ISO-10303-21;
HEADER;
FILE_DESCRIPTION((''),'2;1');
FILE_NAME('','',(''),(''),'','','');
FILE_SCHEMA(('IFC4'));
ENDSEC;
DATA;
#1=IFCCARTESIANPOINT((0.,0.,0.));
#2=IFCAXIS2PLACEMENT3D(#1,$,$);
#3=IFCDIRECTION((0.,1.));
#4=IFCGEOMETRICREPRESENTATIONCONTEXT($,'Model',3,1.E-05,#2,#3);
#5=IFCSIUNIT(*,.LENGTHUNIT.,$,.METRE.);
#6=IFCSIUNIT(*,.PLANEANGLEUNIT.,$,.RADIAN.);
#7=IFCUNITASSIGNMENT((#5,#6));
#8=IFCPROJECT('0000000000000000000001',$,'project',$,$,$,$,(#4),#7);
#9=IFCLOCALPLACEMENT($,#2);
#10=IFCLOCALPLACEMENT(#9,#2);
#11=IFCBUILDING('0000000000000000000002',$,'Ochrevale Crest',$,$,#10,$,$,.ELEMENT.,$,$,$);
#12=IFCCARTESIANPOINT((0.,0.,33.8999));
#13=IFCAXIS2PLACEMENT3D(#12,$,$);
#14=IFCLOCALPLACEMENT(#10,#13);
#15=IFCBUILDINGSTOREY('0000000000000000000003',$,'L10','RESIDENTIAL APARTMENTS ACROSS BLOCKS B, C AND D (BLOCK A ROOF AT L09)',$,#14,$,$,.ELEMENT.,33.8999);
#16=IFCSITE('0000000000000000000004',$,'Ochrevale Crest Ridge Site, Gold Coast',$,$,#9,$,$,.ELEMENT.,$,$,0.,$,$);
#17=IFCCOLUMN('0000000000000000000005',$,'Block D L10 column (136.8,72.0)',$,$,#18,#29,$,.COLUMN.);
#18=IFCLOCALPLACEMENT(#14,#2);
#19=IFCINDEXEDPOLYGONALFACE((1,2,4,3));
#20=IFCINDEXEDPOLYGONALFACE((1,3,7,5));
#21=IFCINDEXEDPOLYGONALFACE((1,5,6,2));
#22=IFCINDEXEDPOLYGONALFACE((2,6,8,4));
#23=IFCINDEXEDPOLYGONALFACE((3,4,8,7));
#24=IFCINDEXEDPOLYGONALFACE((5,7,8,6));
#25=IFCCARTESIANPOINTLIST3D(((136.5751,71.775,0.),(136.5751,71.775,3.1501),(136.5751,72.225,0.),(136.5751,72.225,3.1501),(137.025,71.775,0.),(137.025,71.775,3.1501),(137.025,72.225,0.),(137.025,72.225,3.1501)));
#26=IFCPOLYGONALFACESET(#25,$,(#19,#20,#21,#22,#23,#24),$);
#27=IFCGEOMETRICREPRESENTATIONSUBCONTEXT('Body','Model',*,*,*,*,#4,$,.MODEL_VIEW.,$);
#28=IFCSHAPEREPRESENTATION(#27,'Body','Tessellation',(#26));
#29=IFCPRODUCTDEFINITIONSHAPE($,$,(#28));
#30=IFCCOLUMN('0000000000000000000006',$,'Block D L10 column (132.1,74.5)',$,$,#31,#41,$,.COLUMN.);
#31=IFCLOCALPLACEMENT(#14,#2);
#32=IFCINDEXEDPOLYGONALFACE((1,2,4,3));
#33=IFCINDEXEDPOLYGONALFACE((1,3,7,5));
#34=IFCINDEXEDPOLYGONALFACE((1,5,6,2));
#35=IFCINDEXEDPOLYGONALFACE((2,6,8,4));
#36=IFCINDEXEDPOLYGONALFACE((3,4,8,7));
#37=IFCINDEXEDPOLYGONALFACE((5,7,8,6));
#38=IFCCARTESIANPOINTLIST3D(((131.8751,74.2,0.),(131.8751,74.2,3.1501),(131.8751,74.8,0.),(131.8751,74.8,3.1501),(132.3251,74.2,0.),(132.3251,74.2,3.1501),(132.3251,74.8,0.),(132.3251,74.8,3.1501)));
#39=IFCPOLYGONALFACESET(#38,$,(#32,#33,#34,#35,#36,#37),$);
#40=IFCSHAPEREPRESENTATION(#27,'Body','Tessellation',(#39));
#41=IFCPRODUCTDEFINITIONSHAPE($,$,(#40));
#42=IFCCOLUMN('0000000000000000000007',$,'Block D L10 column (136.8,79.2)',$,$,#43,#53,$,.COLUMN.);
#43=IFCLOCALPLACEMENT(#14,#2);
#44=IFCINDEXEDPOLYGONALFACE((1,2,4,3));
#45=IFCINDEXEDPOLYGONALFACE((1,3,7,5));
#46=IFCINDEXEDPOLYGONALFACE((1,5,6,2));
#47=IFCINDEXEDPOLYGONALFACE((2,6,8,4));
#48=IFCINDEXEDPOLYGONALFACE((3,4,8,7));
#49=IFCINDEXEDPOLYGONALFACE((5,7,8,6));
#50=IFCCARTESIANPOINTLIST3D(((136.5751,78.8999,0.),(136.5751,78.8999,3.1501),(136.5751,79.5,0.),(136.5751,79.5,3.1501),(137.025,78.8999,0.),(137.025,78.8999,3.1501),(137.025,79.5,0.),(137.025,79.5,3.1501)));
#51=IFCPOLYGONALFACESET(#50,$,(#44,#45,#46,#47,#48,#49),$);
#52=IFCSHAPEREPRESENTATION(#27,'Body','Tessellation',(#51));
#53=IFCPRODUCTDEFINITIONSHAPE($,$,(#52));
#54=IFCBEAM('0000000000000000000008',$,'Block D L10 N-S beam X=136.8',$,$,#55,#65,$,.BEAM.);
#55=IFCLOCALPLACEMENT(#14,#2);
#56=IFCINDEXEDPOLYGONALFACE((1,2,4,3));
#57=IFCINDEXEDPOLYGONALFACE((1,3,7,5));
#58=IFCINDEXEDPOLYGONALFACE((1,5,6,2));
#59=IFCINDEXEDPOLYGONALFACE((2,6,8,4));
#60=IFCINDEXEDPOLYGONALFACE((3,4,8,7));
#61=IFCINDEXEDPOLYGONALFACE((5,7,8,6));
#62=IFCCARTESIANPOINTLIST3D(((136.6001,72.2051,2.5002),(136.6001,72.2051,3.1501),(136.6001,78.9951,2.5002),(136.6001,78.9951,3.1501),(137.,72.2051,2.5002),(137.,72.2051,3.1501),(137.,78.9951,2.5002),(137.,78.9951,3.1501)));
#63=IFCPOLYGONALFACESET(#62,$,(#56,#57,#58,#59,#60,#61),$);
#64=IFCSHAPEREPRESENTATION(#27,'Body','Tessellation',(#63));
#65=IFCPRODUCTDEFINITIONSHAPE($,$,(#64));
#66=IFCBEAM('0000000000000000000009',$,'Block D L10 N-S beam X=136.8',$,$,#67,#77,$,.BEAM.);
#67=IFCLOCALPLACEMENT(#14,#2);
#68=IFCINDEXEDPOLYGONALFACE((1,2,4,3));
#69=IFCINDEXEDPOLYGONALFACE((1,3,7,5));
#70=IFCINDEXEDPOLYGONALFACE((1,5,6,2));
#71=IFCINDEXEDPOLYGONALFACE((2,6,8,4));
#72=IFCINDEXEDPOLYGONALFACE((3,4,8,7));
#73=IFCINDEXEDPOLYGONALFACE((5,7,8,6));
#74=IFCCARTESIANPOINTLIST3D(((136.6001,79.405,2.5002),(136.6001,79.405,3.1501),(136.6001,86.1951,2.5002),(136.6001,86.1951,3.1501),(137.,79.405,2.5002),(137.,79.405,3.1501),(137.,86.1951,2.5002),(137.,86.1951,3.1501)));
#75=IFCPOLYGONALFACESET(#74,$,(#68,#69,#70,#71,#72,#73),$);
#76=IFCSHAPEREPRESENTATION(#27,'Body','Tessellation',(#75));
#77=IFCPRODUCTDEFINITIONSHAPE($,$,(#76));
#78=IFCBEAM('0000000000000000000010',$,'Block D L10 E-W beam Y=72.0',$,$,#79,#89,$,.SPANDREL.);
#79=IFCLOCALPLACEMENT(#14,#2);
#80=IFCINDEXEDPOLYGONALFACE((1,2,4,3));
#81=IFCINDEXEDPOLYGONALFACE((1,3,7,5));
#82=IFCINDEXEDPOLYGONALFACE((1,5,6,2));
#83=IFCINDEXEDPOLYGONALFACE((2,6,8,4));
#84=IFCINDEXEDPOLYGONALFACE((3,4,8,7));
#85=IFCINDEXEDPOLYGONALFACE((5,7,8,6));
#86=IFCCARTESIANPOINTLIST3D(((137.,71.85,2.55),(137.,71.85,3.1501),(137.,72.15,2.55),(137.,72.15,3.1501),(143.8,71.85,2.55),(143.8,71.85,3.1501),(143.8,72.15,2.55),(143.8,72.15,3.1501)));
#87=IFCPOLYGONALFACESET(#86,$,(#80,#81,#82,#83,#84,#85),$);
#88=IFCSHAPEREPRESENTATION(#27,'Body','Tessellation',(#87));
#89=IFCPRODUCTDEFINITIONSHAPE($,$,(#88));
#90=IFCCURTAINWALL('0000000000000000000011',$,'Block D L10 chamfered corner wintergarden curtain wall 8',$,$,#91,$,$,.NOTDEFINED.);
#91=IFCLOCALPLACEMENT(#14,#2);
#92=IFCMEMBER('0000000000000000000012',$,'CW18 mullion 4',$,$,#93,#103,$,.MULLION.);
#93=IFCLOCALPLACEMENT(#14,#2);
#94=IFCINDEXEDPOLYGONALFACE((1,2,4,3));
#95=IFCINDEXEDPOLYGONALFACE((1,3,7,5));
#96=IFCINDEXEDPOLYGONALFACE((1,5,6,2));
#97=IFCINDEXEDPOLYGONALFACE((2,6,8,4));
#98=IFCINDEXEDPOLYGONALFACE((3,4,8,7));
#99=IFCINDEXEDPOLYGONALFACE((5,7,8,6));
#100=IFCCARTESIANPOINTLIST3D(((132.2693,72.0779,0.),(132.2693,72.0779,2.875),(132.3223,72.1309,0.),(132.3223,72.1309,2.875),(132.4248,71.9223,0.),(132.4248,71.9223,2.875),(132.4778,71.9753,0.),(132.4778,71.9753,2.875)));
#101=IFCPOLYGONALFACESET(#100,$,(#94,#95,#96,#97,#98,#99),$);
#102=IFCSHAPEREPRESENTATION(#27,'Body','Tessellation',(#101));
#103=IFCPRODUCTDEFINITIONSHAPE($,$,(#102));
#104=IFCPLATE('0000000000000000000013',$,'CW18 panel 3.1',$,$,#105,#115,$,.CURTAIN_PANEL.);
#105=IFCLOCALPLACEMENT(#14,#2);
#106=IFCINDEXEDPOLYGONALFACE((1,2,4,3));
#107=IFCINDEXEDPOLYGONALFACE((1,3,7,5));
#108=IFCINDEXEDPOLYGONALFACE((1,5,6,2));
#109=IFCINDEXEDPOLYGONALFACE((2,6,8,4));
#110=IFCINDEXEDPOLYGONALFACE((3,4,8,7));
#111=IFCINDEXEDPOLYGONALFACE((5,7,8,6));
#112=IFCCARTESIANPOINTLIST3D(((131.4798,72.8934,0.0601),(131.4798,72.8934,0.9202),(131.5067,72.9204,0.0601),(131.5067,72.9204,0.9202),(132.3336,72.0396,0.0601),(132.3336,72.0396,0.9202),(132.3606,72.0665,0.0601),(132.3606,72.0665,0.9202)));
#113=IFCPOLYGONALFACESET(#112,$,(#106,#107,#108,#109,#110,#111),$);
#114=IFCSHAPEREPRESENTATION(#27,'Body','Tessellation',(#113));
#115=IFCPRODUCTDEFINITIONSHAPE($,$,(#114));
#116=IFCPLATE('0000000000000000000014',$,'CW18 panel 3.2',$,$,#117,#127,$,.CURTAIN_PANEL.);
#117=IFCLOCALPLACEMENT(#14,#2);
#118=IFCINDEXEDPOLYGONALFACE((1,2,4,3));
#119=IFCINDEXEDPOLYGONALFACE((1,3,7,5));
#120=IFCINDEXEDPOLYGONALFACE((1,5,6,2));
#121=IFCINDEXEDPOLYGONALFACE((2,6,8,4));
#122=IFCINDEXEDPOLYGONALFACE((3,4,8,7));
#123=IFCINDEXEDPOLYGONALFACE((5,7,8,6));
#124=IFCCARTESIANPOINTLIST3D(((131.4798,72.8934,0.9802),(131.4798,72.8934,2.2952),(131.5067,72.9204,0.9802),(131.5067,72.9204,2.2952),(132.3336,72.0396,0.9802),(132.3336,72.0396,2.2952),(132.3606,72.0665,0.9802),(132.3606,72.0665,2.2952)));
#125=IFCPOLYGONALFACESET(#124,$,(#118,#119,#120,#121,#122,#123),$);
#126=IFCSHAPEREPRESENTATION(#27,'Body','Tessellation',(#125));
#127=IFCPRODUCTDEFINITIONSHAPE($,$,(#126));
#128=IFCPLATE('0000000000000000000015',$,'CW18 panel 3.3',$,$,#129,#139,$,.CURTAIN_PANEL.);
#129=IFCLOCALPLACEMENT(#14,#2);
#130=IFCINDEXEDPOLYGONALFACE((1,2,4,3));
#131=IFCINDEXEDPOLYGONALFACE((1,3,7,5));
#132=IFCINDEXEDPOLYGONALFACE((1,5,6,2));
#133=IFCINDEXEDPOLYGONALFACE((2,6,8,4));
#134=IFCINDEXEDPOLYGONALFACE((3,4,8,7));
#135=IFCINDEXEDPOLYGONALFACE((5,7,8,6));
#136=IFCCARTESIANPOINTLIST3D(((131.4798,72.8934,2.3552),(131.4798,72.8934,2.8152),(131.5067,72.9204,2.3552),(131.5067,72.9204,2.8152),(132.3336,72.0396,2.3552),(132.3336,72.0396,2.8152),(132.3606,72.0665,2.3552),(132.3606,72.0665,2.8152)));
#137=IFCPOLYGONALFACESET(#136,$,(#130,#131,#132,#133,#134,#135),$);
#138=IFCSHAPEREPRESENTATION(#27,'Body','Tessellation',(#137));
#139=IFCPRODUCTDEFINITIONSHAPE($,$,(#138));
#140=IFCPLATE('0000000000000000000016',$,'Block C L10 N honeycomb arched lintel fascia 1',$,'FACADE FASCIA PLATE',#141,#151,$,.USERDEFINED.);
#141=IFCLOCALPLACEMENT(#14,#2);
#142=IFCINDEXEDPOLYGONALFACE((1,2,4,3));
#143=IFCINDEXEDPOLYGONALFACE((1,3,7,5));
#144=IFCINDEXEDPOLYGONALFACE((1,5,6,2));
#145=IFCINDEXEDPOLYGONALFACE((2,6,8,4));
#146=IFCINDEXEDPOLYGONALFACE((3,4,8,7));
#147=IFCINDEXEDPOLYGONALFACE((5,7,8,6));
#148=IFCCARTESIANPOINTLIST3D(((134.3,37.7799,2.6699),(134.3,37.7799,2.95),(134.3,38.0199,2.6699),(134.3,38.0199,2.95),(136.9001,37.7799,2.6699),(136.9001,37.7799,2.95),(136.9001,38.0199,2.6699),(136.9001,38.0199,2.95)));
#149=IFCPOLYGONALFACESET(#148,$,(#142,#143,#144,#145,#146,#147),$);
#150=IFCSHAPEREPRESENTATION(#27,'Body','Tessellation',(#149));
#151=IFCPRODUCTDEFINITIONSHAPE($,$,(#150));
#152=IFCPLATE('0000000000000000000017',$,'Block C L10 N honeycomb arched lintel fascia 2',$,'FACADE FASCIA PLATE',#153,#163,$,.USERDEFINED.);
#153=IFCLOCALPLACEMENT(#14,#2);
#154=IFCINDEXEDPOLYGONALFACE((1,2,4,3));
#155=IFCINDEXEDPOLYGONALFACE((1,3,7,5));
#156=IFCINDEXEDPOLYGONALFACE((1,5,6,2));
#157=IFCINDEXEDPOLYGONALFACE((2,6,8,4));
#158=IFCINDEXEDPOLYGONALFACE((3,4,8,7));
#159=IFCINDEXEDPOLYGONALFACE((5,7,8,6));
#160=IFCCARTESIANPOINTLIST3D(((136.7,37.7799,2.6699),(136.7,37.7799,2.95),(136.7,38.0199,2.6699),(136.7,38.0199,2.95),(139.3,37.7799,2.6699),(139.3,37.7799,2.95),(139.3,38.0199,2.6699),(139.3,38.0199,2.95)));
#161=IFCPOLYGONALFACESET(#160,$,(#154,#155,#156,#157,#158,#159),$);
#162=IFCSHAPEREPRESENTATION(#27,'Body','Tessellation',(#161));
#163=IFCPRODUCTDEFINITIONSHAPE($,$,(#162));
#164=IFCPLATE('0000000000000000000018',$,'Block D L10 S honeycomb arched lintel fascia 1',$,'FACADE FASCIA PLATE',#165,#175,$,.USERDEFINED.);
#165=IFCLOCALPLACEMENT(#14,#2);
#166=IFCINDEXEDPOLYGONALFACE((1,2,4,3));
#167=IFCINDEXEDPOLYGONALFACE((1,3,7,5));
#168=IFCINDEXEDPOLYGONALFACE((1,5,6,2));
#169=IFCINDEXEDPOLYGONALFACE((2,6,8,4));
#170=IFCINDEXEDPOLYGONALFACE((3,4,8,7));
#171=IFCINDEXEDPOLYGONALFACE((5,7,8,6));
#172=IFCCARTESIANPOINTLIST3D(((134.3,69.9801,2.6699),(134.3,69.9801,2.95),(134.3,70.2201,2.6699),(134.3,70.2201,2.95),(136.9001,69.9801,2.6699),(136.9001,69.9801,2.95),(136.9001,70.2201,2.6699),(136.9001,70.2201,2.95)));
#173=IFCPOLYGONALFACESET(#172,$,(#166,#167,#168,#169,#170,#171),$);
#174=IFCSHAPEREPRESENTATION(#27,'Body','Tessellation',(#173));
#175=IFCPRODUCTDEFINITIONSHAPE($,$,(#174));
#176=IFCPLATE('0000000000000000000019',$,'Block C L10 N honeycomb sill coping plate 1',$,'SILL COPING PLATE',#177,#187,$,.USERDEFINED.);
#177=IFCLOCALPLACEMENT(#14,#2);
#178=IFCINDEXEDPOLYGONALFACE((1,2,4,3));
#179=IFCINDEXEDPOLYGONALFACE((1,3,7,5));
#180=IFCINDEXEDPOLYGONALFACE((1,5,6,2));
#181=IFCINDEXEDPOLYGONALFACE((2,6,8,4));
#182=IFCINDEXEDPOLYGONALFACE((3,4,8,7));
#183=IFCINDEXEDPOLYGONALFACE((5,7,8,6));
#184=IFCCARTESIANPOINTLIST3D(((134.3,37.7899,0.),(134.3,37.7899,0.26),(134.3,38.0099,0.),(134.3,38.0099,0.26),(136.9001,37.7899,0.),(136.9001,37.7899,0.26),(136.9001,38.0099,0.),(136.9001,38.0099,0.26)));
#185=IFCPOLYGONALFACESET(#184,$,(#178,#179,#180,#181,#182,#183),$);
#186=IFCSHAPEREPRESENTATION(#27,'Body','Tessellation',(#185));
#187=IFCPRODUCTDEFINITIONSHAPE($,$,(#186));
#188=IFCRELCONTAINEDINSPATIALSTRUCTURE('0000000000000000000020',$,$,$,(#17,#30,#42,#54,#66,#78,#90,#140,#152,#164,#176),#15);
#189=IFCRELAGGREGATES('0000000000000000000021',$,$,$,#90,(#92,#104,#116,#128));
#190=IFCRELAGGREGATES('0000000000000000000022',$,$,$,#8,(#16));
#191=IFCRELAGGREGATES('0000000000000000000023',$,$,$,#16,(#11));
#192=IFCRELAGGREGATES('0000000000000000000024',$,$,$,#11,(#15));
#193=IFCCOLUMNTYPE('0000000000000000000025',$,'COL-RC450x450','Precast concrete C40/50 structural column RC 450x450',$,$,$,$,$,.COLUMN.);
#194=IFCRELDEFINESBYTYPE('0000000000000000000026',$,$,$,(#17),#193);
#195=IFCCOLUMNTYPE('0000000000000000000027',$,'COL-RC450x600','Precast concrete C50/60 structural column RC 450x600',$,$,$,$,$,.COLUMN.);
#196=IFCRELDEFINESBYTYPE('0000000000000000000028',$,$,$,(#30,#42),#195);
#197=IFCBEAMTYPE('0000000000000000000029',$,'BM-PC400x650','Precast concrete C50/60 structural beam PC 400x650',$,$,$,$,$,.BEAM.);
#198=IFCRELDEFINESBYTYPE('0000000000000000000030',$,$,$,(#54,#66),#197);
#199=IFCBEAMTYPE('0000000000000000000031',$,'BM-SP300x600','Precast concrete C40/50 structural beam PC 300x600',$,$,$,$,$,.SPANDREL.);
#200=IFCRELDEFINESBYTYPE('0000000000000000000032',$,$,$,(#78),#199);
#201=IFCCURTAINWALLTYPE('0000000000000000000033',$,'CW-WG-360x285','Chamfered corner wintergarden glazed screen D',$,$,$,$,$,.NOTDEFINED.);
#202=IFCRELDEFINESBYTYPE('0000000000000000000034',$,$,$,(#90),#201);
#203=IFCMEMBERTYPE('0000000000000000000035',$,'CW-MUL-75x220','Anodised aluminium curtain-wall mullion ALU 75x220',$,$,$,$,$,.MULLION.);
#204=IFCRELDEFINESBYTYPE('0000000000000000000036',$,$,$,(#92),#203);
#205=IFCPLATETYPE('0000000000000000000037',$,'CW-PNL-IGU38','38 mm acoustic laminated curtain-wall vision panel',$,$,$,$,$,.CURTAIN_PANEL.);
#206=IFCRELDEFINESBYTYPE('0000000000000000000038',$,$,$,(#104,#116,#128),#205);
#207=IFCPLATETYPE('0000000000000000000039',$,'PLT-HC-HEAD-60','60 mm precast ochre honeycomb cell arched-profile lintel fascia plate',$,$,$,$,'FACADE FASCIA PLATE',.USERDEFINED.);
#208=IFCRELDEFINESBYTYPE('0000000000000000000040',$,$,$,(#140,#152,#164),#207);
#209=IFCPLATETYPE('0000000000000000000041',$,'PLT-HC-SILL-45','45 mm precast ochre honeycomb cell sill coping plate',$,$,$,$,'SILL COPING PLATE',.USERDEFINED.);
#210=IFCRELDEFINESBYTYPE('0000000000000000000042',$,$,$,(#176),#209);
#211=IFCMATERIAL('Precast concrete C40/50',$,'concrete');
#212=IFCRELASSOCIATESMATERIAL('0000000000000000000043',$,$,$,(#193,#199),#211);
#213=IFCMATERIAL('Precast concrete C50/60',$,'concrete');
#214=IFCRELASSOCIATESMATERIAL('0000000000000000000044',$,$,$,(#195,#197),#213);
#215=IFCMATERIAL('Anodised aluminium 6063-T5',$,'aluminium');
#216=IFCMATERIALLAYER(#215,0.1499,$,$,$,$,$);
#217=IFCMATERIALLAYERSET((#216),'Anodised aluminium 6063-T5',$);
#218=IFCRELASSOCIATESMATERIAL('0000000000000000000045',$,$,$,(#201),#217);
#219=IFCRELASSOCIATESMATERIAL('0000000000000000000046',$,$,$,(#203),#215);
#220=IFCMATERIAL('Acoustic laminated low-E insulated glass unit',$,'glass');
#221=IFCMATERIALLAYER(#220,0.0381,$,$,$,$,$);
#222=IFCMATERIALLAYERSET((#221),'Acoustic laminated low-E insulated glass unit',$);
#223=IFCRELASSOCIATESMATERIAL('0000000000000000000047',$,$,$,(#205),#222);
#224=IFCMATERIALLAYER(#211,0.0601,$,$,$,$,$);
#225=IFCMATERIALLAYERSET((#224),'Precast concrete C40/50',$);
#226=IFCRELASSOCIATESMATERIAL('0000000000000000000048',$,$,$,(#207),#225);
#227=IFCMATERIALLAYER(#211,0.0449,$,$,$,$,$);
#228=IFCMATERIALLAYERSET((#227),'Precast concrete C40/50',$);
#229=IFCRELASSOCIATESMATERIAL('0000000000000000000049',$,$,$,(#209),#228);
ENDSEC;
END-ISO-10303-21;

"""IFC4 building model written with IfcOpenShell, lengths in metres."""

from ifc_helpers import new_model, si_unit, direction, frame, origin, origin_2d, place, context, subcontext, project, spatial, rectangle, extrude, material, layer, layer_set, material_profile, profile_set, type_object, element, aggregate, save


model = new_model("IFC4")

# Units and contexts
model_context = context("Model", 3, precision=1e-05, world=origin(), true_north=direction((0.0, 1.0)))
body_context = subcontext(model_context, "Body", "Model", "MODEL_VIEW")
ifc_project = project(units=[si_unit("LENGTHUNIT", "METRE"), si_unit("PLANEANGLEUNIT", "RADIAN")], contexts=[model_context])

# Site, building, storey
site_placement = place(None, origin())
site = spatial("IfcSite", under=ifc_project, at=site_placement, Name="Ochrevale Crest Ridge Site, Gold Coast", CompositionType="ELEMENT", RefElevation=0.0)
building_placement = place(site_placement, origin())
building = spatial("IfcBuilding", under=site, at=building_placement, Name="Ochrevale Crest", CompositionType="ELEMENT")
storey_placement = place(building_placement, frame((0.0, 0.0, 33.8999)))
storey = spatial("IfcBuildingStorey", under=building, at=storey_placement, Name="L10", Description="RESIDENTIAL APARTMENTS ACROSS BLOCKS B, C AND D (BLOCK A ROOF AT L09)", CompositionType="ELEMENT", Elevation=33.8999)

# Columns
ifc_material_1 = material(Name="Precast concrete C40/50", Category="concrete")
ifc_material_profile_1 = material_profile(ifc_material_1, rectangle(XDim=0.45, YDim=0.45, at=origin_2d()), Name="RC 450x450")
ifc_profile_set_1 = profile_set([ifc_material_profile_1], Name="Precast concrete C40/50")
column_type_1 = type_object("IfcColumnType", Name="COL-RC450x450", Description="Precast concrete C40/50 structural column RC 450x450", PredefinedType="COLUMN", material=ifc_profile_set_1)
column_placement = place(storey_placement, frame((136.8, 72.0, 0.0), z_axis=(0.0, 0.0, 1.0), x_axis=(1.0, 0.0, 0.0)))
element("IfcColumn", 1, at=column_placement, inside=storey, type_object=column_type_1, Name="Block D L10 column (136.8,72.0)", PredefinedType="COLUMN", context=body_context, shape_type="SweptSolid", body=[
    extrude(rectangle(XDim=0.45, YDim=0.45, at=origin_2d()), origin(), (0.0, 0.0, 1.0), 3.1501),
])
ifc_material_2 = material(Name="Precast concrete C50/60", Category="concrete")
ifc_material_profile_2 = material_profile(ifc_material_2, rectangle(XDim=0.45, YDim=0.6001, at=origin_2d()), Name="RC 450x600")
ifc_profile_set_2 = profile_set([ifc_material_profile_2], Name="Precast concrete C50/60")
column_type_2 = type_object("IfcColumnType", Name="COL-RC450x600", Description="Precast concrete C50/60 structural column RC 450x600", PredefinedType="COLUMN", material=ifc_profile_set_2)
for number, where, z_axis, x_axis, name in (
    (2, (132.1001, 74.5, 0.0), (0.0, 0.0, 1.0), (1.0, 0.0, 0.0), "Block D L10 column (132.1,74.5)"),
    (3, (136.8, 79.2, 0.0), (0.0, 0.0, 1.0), (1.0, 0.0, 0.0), "Block D L10 column (136.8,79.2)"),
):
    element("IfcColumn", number, at=place(storey_placement, frame(where, z_axis=z_axis, x_axis=x_axis)), inside=storey, type_object=column_type_2, Name=name, PredefinedType="COLUMN", context=body_context, shape_type="SweptSolid", body=[
        extrude(rectangle(XDim=0.45, YDim=0.6001, at=origin_2d()), origin(), (0.0, 0.0, 1.0), 3.1501),
    ])

# Beams
ifc_material_profile_3 = material_profile(ifc_material_2, rectangle(XDim=0.3999, YDim=0.6499, at=origin_2d()), Name="PC 400x650")
ifc_profile_set_3 = profile_set([ifc_material_profile_3], Name="Precast concrete C50/60")
beam_type_1 = type_object("IfcBeamType", Name="BM-PC400x650", Description="Precast concrete C50/60 structural beam PC 400x650", PredefinedType="BEAM", material=ifc_profile_set_3)
for number, where, z_axis, x_axis, name in (
    (4, (136.8, 72.2051, 2.8252), (0.0, 1.0, 0.0), (-1.0, 0.0, 0.0), "Block D L10 N-S beam X=136.8"),
    (5, (136.8, 79.405, 2.8252), (0.0, 1.0, 0.0), (-1.0, 0.0, 0.0), "Block D L10 N-S beam X=136.8"),
):
    element("IfcBeam", number, at=place(storey_placement, frame(where, z_axis=z_axis, x_axis=x_axis)), inside=storey, type_object=beam_type_1, Name=name, PredefinedType="BEAM", context=body_context, shape_type="SweptSolid", body=[
        extrude(rectangle(XDim=0.3999, YDim=0.6499, at=origin_2d()), origin(), (0.0, 0.0, 1.0), 6.79),
    ])
ifc_material_profile_4 = material_profile(ifc_material_1, rectangle(XDim=0.3, YDim=0.6001, at=origin_2d()), Name="PC 300x600")
ifc_profile_set_4 = profile_set([ifc_material_profile_4], Name="Precast concrete C40/50")
beam_type_2 = type_object("IfcBeamType", Name="BM-SP300x600", Description="Precast concrete C40/50 structural beam PC 300x600", PredefinedType="SPANDREL", material=ifc_profile_set_4)
beam_placement = place(storey_placement, frame((137.0, 72.0, 2.8501), z_axis=(1.0, 0.0, 0.0), x_axis=(0.0, 1.0, 0.0)))
element("IfcBeam", 6, at=beam_placement, inside=storey, type_object=beam_type_2, Name="Block D L10 E-W beam Y=72.0", PredefinedType="SPANDREL", context=body_context, shape_type="SweptSolid", body=[
    extrude(rectangle(XDim=0.3, YDim=0.6001, at=origin_2d()), origin(), (0.0, 0.0, 1.0), 6.8),
])

# Curtain wall, member, plates
ifc_material_3 = material(Name="Anodised aluminium 6063-T5", Category="aluminium")
ifc_layer_1 = layer(ifc_material_3, 0.1499)
ifc_layer_set_1 = layer_set([ifc_layer_1], Name="Anodised aluminium 6063-T5")
curtain_wall_type = type_object("IfcCurtainWallType", Name="CW-WG-360x285", Description="Chamfered corner wintergarden glazed screen D", PredefinedType="NOTDEFINED", material=ifc_layer_set_1)
curtain_wall_placement = place(storey_placement, origin())
curtain_wall = element("IfcCurtainWall", 7, at=curtain_wall_placement, inside=storey, type_object=curtain_wall_type, Name="Block D L10 chamfered corner wintergarden curtain wall 8", PredefinedType="NOTDEFINED")
ifc_material_profile_5 = material_profile(ifc_material_3, rectangle(XDim=0.075, YDim=0.22, at=origin_2d()), Name="ALU 75x220")
ifc_profile_set_5 = profile_set([ifc_material_profile_5], Name="Anodised aluminium 6063-T5")
member_type = type_object("IfcMemberType", Name="CW-MUL-75x220", Description="Anodised aluminium curtain-wall mullion ALU 75x220", PredefinedType="MULLION", material=ifc_profile_set_5)
member_placement = place(storey_placement, frame((132.3735, 72.0266, 0.0), z_axis=(0.0, 0.0, 1.0), x_axis=(0.707107, 0.707107, 0.0)))
member = element("IfcMember", 8, at=member_placement, type_object=member_type, Name="CW18 mullion 4", PredefinedType="MULLION", context=body_context, shape_type="SweptSolid", body=[
    extrude(rectangle(XDim=0.075, YDim=0.22, at=origin_2d()), origin(), (0.0, 0.0, 1.0), 2.875),
])
ifc_material_4 = material(Name="Acoustic laminated low-E insulated glass unit", Category="glass")
ifc_layer_2 = layer(ifc_material_4, 0.0381)
ifc_layer_set_2 = layer_set([ifc_layer_2], Name="Acoustic laminated low-E insulated glass unit")
plate_type_1 = type_object("IfcPlateType", Name="CW-PNL-IGU38", Description="38 mm acoustic laminated curtain-wall vision panel", PredefinedType="CURTAIN_PANEL", material=ifc_layer_set_2)
plate_1_placement = place(storey_placement, frame((131.9202, 72.48, 0.0601), z_axis=(0.0, 0.0, 1.0), x_axis=(0.707107, -0.707107, 0.0)))
plate_1 = element("IfcPlate", 9, at=plate_1_placement, type_object=plate_type_1, Name="CW18 panel 3.1", PredefinedType="CURTAIN_PANEL", context=body_context, shape_type="SweptSolid", body=[
    extrude(rectangle(XDim=1.2075, YDim=0.0381, at=origin_2d()), origin(), (0.0, 0.0, 1.0), 0.8601),
])
plate_2_placement = place(storey_placement, frame((131.9202, 72.48, 0.9802), z_axis=(0.0, 0.0, 1.0), x_axis=(0.707107, -0.707107, 0.0)))
plate_2 = element("IfcPlate", 10, at=plate_2_placement, type_object=plate_type_1, Name="CW18 panel 3.2", PredefinedType="CURTAIN_PANEL", context=body_context, shape_type="SweptSolid", body=[
    extrude(rectangle(XDim=1.2075, YDim=0.0381, at=origin_2d()), origin(), (0.0, 0.0, 1.0), 1.3149),
])
plate_3_placement = place(storey_placement, frame((131.9202, 72.48, 2.3552), z_axis=(0.0, 0.0, 1.0), x_axis=(0.707107, -0.707107, 0.0)))
plate_3 = element("IfcPlate", 11, at=plate_3_placement, type_object=plate_type_1, Name="CW18 panel 3.3", PredefinedType="CURTAIN_PANEL", context=body_context, shape_type="SweptSolid", body=[
    extrude(rectangle(XDim=1.2075, YDim=0.0381, at=origin_2d()), origin(), (0.0, 0.0, 1.0), 0.46),
])
aggregate(curtain_wall, [member, plate_1, plate_2, plate_3])

# Plates
ifc_layer_3 = layer(ifc_material_1, 0.0601)
ifc_layer_set_3 = layer_set([ifc_layer_3], Name="Precast concrete C40/50")
plate_type_2 = type_object("IfcPlateType", Name="PLT-HC-HEAD-60", Description="60 mm precast ochre honeycomb cell arched-profile lintel fascia plate", ElementType="FACADE FASCIA PLATE", PredefinedType="USERDEFINED", material=ifc_layer_set_3)
for number, where, z_axis, x_axis, name in (
    (12, (135.6001, 37.8999, 2.6699), (0.0, 0.0, 1.0), (1.0, 0.0, 0.0), "Block C L10 N honeycomb arched lintel fascia 1"),
    (13, (138.0, 37.8999, 2.6699), (0.0, 0.0, 1.0), (1.0, 0.0, 0.0), "Block C L10 N honeycomb arched lintel fascia 2"),
    (14, (135.6001, 70.1001, 2.6699), (0.0, 0.0, 1.0), (1.0, 0.0, 0.0), "Block D L10 S honeycomb arched lintel fascia 1"),
):
    element("IfcPlate", number, at=place(storey_placement, frame(where, z_axis=z_axis, x_axis=x_axis)), inside=storey, type_object=plate_type_2, Name=name, ObjectType="FACADE FASCIA PLATE", PredefinedType="USERDEFINED", context=body_context, shape_type="SweptSolid", body=[
        extrude(rectangle(XDim=2.6001, YDim=0.24, at=origin_2d()), origin(), (0.0, 0.0, 1.0), 0.28),
    ])
ifc_layer_4 = layer(ifc_material_1, 0.0449)
ifc_layer_set_4 = layer_set([ifc_layer_4], Name="Precast concrete C40/50")
plate_type_3 = type_object("IfcPlateType", Name="PLT-HC-SILL-45", Description="45 mm precast ochre honeycomb cell sill coping plate", ElementType="SILL COPING PLATE", PredefinedType="USERDEFINED", material=ifc_layer_set_4)
for number, where, z_axis, x_axis, name in (
    (15, (135.6001, 37.8999, 0.0), (0.0, 0.0, 1.0), (1.0, 0.0, 0.0), "Block C L10 N honeycomb sill coping plate 1"),
):
    element("IfcPlate", number, at=place(storey_placement, frame(where, z_axis=z_axis, x_axis=x_axis)), inside=storey, type_object=plate_type_3, Name=name, ObjectType="SILL COPING PLATE", PredefinedType="USERDEFINED", context=body_context, shape_type="SweptSolid", body=[
        extrude(rectangle(XDim=2.6001, YDim=0.22, at=origin_2d()), origin(), (0.0, 0.0, 1.0), 0.26),
    ])

save(model, "model.ifc")
